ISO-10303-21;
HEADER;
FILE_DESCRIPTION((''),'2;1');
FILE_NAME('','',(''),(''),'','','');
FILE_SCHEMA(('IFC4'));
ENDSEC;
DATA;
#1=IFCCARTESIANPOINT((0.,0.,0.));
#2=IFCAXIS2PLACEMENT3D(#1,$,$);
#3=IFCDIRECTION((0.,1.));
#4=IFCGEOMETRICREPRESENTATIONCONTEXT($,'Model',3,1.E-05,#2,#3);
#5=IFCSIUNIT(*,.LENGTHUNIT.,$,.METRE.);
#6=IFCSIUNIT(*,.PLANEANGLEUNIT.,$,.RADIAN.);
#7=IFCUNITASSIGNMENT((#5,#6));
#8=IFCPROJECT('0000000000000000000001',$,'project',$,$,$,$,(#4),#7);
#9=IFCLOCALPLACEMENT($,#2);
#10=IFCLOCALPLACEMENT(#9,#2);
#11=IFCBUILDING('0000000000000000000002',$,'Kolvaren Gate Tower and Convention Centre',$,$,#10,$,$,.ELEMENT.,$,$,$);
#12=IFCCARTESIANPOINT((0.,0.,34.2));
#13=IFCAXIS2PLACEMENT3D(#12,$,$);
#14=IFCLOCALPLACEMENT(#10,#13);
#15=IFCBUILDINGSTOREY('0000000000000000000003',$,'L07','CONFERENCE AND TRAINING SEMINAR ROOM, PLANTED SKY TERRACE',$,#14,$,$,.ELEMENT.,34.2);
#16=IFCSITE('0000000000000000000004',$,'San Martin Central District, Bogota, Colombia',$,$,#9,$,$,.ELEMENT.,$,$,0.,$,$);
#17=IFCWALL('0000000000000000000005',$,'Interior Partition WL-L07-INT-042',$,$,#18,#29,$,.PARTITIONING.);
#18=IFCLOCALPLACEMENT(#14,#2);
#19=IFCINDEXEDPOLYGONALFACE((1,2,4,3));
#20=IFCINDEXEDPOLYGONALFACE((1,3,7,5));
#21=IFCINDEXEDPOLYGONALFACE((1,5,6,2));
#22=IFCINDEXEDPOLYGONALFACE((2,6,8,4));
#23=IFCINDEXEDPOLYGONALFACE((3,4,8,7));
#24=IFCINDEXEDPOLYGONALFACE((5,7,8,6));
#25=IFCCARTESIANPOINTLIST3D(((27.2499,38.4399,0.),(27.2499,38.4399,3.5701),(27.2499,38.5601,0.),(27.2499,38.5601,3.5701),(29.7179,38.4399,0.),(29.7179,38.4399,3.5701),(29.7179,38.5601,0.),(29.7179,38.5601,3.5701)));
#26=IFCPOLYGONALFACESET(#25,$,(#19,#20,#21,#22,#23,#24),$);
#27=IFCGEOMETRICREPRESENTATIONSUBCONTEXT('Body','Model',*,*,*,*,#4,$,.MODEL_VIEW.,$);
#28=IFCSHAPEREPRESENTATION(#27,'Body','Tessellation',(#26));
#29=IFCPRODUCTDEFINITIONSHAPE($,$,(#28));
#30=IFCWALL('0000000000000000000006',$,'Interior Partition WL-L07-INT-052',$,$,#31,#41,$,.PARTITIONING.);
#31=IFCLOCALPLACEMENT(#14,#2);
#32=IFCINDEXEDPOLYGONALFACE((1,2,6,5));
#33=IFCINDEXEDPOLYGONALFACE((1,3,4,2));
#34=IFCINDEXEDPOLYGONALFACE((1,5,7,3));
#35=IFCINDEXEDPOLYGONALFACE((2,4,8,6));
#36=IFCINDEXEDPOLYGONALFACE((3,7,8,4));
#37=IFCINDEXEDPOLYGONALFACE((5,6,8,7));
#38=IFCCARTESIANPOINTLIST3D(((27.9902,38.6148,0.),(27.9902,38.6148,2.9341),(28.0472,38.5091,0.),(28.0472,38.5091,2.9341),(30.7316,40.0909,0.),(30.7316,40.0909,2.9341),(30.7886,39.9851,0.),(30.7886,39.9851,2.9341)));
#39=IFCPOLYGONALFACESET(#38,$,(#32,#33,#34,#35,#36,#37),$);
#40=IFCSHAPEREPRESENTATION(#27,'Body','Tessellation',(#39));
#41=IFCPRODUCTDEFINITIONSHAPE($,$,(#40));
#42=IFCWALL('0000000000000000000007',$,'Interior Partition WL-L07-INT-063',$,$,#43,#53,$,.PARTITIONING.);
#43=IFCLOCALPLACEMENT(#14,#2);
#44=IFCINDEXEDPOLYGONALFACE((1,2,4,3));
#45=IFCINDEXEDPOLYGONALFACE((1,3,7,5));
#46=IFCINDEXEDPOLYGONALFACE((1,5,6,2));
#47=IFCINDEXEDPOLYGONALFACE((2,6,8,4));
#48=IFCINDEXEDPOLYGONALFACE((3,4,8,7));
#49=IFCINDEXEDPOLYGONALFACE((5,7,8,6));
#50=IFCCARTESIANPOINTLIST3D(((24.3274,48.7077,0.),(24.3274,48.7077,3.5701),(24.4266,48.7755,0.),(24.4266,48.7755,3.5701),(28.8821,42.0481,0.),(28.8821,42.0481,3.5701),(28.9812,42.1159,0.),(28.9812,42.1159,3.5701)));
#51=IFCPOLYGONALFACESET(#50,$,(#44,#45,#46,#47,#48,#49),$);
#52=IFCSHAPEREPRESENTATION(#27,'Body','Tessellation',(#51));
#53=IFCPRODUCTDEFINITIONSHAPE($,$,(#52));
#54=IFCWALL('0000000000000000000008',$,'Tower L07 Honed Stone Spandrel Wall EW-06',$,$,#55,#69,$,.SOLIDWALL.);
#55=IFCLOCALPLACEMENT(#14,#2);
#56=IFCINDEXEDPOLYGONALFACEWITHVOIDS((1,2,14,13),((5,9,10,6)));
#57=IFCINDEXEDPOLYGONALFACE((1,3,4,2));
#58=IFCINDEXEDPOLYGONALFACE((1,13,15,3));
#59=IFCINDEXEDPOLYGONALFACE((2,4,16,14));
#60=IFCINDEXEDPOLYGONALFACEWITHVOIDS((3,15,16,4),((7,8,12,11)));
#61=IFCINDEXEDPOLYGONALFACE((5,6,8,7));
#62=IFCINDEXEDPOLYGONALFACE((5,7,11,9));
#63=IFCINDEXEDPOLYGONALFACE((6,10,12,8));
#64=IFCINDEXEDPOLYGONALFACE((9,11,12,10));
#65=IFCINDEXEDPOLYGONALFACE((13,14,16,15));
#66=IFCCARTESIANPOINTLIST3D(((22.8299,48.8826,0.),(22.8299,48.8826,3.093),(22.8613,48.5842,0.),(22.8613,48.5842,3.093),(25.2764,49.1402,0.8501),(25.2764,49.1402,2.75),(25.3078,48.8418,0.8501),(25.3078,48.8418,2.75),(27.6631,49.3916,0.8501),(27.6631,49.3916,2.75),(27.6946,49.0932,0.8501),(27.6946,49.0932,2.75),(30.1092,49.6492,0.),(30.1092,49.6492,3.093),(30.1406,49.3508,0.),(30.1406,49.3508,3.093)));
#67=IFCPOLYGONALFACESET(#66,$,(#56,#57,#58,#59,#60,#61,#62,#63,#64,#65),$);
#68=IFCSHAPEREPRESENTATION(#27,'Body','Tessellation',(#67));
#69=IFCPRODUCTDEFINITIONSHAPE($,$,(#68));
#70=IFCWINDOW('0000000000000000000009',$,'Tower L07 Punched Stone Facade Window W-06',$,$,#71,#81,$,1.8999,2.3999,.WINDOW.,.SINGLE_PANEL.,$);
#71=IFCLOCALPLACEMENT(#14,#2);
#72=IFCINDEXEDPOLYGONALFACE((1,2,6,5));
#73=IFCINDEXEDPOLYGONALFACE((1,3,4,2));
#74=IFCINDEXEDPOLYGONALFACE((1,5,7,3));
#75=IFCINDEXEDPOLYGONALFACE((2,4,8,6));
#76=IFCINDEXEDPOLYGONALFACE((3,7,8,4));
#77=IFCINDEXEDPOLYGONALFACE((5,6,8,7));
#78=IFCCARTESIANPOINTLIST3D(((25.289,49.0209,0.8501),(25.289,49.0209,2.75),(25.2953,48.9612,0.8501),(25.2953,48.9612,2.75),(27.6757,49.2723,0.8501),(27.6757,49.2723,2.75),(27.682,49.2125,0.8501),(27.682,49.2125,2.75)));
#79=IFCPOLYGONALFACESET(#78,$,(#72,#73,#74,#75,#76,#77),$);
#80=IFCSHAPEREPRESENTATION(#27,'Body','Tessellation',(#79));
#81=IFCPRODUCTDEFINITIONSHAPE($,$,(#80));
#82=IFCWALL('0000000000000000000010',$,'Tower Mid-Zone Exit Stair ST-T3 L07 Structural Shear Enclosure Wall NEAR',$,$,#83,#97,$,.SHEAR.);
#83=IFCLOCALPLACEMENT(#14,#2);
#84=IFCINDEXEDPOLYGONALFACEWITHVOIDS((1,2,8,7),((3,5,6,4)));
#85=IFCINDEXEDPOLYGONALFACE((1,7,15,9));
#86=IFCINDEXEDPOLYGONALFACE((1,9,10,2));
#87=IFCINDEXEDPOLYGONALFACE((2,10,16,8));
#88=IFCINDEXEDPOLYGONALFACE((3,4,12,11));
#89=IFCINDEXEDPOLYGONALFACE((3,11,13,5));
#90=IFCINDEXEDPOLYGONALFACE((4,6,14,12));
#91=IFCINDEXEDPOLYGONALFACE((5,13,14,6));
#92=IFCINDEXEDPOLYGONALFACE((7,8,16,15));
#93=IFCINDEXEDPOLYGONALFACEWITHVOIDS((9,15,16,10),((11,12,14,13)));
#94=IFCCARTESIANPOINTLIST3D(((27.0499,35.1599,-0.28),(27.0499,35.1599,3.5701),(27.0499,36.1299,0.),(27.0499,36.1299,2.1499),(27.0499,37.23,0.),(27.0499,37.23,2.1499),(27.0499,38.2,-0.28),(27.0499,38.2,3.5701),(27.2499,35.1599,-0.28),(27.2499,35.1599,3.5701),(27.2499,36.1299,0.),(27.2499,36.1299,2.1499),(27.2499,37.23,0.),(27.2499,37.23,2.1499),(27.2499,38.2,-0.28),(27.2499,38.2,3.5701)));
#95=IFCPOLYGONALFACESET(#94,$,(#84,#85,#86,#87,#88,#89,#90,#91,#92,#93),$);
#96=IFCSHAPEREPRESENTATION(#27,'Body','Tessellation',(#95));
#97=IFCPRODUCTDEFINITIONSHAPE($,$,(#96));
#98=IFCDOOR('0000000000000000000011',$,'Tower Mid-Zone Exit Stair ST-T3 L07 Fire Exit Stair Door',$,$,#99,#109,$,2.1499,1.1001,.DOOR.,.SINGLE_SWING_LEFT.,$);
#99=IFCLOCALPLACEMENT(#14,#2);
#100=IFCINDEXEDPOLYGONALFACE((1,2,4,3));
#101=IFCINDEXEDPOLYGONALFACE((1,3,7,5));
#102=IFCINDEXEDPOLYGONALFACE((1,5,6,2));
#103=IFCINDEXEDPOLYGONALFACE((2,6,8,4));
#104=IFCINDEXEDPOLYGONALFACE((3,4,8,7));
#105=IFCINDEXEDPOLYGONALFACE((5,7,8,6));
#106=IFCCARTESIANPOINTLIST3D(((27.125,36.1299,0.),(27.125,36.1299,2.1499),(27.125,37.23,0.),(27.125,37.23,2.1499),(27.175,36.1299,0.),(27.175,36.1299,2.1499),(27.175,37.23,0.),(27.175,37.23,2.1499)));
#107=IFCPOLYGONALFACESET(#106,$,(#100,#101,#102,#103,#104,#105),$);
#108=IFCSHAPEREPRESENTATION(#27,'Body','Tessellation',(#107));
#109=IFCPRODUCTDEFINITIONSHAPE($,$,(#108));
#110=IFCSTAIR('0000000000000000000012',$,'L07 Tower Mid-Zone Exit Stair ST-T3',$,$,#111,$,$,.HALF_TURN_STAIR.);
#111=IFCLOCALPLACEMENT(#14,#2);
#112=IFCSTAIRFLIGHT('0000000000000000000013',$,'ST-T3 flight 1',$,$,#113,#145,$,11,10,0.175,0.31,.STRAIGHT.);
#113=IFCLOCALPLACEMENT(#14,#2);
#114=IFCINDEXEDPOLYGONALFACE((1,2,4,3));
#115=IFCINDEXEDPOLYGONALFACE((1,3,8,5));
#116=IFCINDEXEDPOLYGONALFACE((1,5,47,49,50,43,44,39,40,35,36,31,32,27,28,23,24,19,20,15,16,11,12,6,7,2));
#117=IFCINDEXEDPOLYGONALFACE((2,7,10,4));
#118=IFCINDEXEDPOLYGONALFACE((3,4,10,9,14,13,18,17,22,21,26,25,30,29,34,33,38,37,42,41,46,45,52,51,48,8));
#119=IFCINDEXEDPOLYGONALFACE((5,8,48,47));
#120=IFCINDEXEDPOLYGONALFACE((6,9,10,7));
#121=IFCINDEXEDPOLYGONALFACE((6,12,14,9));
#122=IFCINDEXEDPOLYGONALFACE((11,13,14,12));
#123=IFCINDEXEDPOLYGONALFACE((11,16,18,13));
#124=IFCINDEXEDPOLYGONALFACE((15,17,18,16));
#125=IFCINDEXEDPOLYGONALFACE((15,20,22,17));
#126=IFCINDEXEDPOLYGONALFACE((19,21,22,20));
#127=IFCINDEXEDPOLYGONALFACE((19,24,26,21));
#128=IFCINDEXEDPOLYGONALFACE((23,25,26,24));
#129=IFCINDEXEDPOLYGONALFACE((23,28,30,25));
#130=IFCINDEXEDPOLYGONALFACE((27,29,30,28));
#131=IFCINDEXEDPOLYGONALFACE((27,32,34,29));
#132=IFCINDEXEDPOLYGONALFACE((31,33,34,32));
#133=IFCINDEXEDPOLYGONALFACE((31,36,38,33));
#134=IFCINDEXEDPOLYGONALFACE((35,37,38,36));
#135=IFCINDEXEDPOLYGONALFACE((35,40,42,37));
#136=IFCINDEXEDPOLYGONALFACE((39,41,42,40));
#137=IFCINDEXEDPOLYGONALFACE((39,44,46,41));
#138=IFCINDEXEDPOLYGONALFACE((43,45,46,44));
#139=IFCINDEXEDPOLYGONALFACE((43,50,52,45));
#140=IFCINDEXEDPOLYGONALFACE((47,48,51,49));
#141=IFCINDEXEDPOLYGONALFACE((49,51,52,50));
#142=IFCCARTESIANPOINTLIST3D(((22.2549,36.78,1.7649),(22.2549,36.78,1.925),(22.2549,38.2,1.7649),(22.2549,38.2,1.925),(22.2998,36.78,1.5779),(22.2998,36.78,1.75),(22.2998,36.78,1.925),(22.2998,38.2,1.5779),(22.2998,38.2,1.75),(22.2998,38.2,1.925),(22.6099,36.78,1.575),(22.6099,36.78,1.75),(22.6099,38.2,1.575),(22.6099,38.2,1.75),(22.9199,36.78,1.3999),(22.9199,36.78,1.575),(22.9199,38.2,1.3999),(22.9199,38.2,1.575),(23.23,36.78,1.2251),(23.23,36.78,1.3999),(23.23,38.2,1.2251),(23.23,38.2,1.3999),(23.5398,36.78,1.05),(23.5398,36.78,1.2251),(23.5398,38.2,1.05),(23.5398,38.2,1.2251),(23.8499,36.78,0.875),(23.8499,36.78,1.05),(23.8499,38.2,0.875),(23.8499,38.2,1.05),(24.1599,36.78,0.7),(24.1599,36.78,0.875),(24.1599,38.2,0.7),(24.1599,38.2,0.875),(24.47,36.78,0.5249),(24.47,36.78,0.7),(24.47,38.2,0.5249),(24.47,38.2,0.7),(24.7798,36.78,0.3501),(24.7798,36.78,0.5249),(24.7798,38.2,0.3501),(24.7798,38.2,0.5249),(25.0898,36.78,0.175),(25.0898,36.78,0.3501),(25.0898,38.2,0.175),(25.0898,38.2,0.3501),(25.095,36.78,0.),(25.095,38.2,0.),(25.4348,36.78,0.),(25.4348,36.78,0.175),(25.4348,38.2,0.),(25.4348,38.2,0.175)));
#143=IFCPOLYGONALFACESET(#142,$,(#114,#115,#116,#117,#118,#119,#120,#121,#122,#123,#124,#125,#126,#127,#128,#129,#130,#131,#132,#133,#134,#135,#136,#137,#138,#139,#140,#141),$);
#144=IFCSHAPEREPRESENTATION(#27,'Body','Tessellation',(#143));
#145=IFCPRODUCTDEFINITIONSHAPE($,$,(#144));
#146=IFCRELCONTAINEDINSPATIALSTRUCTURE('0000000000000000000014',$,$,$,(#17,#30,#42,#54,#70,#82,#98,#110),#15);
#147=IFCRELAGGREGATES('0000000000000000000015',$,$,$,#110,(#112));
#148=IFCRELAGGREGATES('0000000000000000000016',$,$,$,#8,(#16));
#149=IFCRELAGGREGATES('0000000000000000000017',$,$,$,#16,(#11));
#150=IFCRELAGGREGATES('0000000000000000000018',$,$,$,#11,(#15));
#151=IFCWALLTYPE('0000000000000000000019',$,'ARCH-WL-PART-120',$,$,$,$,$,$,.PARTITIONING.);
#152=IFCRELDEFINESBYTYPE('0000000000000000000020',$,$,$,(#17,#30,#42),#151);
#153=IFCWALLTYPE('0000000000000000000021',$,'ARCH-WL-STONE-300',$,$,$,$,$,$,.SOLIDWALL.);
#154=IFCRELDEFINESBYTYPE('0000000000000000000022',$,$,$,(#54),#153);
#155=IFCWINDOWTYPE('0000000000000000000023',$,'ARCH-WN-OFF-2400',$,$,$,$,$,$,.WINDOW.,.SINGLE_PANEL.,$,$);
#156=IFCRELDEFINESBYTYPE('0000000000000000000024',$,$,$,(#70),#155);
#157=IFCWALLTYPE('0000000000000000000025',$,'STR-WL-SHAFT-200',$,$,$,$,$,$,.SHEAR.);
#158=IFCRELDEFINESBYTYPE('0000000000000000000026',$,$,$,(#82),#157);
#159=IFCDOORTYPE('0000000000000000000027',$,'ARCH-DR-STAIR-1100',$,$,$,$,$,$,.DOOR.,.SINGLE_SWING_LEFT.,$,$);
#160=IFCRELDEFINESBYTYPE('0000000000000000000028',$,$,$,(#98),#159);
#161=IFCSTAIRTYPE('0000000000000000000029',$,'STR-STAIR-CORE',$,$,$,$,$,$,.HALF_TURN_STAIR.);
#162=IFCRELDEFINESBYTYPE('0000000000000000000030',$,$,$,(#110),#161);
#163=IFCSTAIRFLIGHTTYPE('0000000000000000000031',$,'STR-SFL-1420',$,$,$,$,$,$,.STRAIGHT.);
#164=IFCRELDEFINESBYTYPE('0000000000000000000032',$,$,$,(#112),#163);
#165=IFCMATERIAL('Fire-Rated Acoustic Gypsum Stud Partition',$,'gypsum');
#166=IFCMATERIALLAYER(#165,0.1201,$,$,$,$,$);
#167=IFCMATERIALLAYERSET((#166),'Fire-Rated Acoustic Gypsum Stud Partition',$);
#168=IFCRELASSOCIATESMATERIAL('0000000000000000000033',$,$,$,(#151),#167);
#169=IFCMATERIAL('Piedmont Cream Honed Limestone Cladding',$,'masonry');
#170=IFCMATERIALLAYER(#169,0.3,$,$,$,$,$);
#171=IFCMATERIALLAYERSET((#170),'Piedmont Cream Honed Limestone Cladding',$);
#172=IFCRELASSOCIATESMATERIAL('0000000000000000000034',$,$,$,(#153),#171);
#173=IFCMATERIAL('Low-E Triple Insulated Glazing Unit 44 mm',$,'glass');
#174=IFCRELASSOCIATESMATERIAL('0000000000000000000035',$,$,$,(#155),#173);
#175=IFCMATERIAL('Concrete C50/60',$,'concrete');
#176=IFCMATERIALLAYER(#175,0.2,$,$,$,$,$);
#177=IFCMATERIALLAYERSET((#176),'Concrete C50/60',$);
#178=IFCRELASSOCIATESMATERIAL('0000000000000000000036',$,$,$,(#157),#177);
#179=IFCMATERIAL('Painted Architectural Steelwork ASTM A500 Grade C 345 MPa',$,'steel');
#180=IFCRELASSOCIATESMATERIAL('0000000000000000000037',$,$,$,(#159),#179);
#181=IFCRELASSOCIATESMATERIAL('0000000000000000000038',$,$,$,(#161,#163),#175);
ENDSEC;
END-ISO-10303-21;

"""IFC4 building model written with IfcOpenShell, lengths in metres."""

from ifc_helpers import new_model, si_unit, direction, frame, frame_2d, origin, place, context, subcontext, project, spatial, polyline, rectangle, outline, extrude, material, layer, layer_set, type_object, element, fill, aggregate, save


model = new_model("IFC4")

# Units and contexts
model_context = context("Model", 3, precision=1e-05, world=origin(), true_north=direction((0.0, 1.0)))
body_context = subcontext(model_context, "Body", "Model", "MODEL_VIEW")
ifc_project = project(units=[si_unit("LENGTHUNIT", "METRE"), si_unit("PLANEANGLEUNIT", "RADIAN")], contexts=[model_context])

# Site, building, storey
site_placement = place(None, origin())
site = spatial("IfcSite", under=ifc_project, at=site_placement, Name="San Martin Central District, Bogota, Colombia", CompositionType="ELEMENT", RefElevation=0.0)
building_placement = place(site_placement, origin())
building = spatial("IfcBuilding", under=site, at=building_placement, Name="Kolvaren Gate Tower and Convention Centre", CompositionType="ELEMENT")
storey_placement = place(building_placement, frame((0.0, 0.0, 34.2)))
storey = spatial("IfcBuildingStorey", under=building, at=storey_placement, Name="L07", Description="CONFERENCE AND TRAINING SEMINAR ROOM, PLANTED SKY TERRACE", CompositionType="ELEMENT", Elevation=34.2)

# Shared definitions
ifc_material_1 = material(Name="Fire-Rated Acoustic Gypsum Stud Partition", Category="gypsum")
ifc_layer_1 = layer(ifc_material_1, 0.1201)
ifc_layer_set_1 = layer_set([ifc_layer_1], Name="Fire-Rated Acoustic Gypsum Stud Partition")
wall_type_1 = type_object("IfcWallType", Name="ARCH-WL-PART-120", PredefinedType="PARTITIONING", material=ifc_layer_set_1)
ifc_material_2 = material(Name="Painted Architectural Steelwork ASTM A500 Grade C 345 MPa", Category="steel")

# Walls
wall_1_placement = place(storey_placement, frame((27.25, 38.5, 0.0), z_axis=(0.0, 0.0, 1.0), x_axis=(1.0, 0.0, 0.0)))
element("IfcWall", 1, at=wall_1_placement, inside=storey, type_object=wall_type_1, Name="Interior Partition WL-L07-INT-042", PredefinedType="PARTITIONING", context=body_context, shape_type="SweptSolid", body=[
    extrude(rectangle(XDim=2.468, YDim=0.1201, at=frame_2d((1.2339, 0.0))), origin(), (0.0, 0.0, 1.0), 3.5701),
])
wall_2_placement = place(storey_placement, frame((28.0188, 38.562, 0.0), z_axis=(0.0, 0.0, 1.0), x_axis=(0.880484, 0.474076, 0.0)))
element("IfcWall", 2, at=wall_2_placement, inside=storey, type_object=wall_type_1, Name="Interior Partition WL-L07-INT-052", PredefinedType="PARTITIONING", context=body_context, shape_type="SweptSolid", body=[
    extrude(rectangle(XDim=3.1135, YDim=0.1201, at=frame_2d((1.5566, 0.0))), origin(), (0.0, 0.0, 1.0), 2.9341),
])
wall_3_placement = place(storey_placement, frame((24.377, 48.7417, 0.0), z_axis=(0.0, 0.0, 1.0), x_axis=(0.564521, -0.825419, 0.0)))
element("IfcWall", 3, at=wall_3_placement, inside=storey, type_object=wall_type_1, Name="Interior Partition WL-L07-INT-063", PredefinedType="PARTITIONING", context=body_context, shape_type="SweptSolid", body=[
    extrude(rectangle(XDim=8.0681, YDim=0.1201, at=frame_2d((4.0342, 0.0))), origin(), (0.0, 0.0, 1.0), 3.5701),
])

# Wall, opening, window
ifc_material_3 = material(Name="Piedmont Cream Honed Limestone Cladding", Category="masonry")
ifc_layer_2 = layer(ifc_material_3, 0.3)
ifc_layer_set_2 = layer_set([ifc_layer_2], Name="Piedmont Cream Honed Limestone Cladding")
wall_type_2 = type_object("IfcWallType", Name="ARCH-WL-STONE-300", PredefinedType="SOLIDWALL", material=ifc_layer_set_2)
wall_4_placement = place(storey_placement, frame((22.8457, 48.7334, 0.0), z_axis=(0.0, 0.0, 1.0), x_axis=(0.9945, 0.104733, 0.0)))
wall_4 = element("IfcWall", 4, at=wall_4_placement, inside=storey, type_object=wall_type_2, Name="Tower L07 Honed Stone Spandrel Wall EW-06", PredefinedType="SOLIDWALL", context=body_context, shape_type="SweptSolid", body=[
    extrude(rectangle(XDim=7.3196, YDim=0.3, at=frame_2d((3.6597, 0.0))), origin(), (0.0, 0.0, 1.0), 3.093),
])
opening_1_placement = place(wall_4_placement, frame((2.46, 0.0, 0.8501)))
opening_1 = element("IfcOpeningElement", 5, at=opening_1_placement, cuts=wall_4, PredefinedType="OPENING", context=body_context, shape_type="SweptSolid", body=[
    extrude(rectangle(XDim=2.3999, YDim=1.8999, at=frame_2d((1.2, 0.95))), frame((0.0, 0.1599, 0.0), z_axis=(0.0, -1.0, 0.0), x_axis=(1.0, 0.0, 0.0)), (0.0, 0.0, 1.0), 0.3201),
])
ifc_material_4 = material(Name="Low-E Triple Insulated Glazing Unit 44 mm", Category="glass")
window_type = type_object("IfcWindowType", Name="ARCH-WN-OFF-2400", PartitioningType="SINGLE_PANEL", PredefinedType="WINDOW", material=ifc_material_4)
window_placement = place(opening_1_placement, origin())
window = element("IfcWindow", 6, at=window_placement, inside=storey, type_object=window_type, Name="Tower L07 Punched Stone Facade Window W-06", OverallHeight=1.8999, OverallWidth=2.3999, PartitioningType="SINGLE_PANEL", PredefinedType="WINDOW", context=body_context, shape_type="SweptSolid", body=[
    extrude(rectangle(XDim=2.3999, YDim=1.8999, at=frame_2d((1.2, 0.95))), frame((0.0, 0.03, 0.0), z_axis=(0.0, -1.0, 0.0), x_axis=(1.0, 0.0, 0.0)), (0.0, 0.0, 1.0), 0.0601),
])
fill(opening_1, window)

# Wall, opening, door
ifc_material_5 = material(Name="Concrete C50/60", Category="concrete")
ifc_layer_3 = layer(ifc_material_5, 0.2)
ifc_layer_set_3 = layer_set([ifc_layer_3], Name="Concrete C50/60")
wall_type_3 = type_object("IfcWallType", Name="STR-WL-SHAFT-200", PredefinedType="SHEAR", material=ifc_layer_set_3)
wall_5_placement = place(storey_placement, frame((27.1499, 35.1599, -0.28), z_axis=(0.0, 0.0, 1.0), x_axis=(0.0, 1.0, 0.0)))
wall_5 = element("IfcWall", 7, at=wall_5_placement, inside=storey, type_object=wall_type_3, Name="Tower Mid-Zone Exit Stair ST-T3 L07 Structural Shear Enclosure Wall NEAR", PredefinedType="SHEAR", context=body_context, shape_type="SweptSolid", body=[
    extrude(rectangle(XDim=3.04, YDim=0.2, at=frame_2d((1.52, 0.0))), origin(), (0.0, 0.0, 1.0), 3.8501),
])
opening_2_placement = place(wall_5_placement, frame((0.97, 0.0, 0.28)))
opening_2 = element("IfcOpeningElement", 8, at=opening_2_placement, cuts=wall_5, PredefinedType="OPENING", context=body_context, shape_type="SweptSolid", body=[
    extrude(rectangle(XDim=1.1001, YDim=2.1499, at=frame_2d((0.55, 1.075))), frame((0.0, 0.1099, 0.0), z_axis=(0.0, -1.0, 0.0), x_axis=(1.0, 0.0, 0.0)), (0.0, 0.0, 1.0), 0.22),
])
door_type_1 = type_object("IfcDoorType", Name="ARCH-DR-STAIR-1100", OperationType="SINGLE_SWING_LEFT", PredefinedType="DOOR", material=ifc_material_2)
door_1_placement = place(opening_2_placement, origin())
door_1 = element("IfcDoor", 9, at=door_1_placement, inside=storey, type_object=door_type_1, Name="Tower Mid-Zone Exit Stair ST-T3 L07 Fire Exit Stair Door", OperationType="SINGLE_SWING_LEFT", OverallHeight=2.1499, OverallWidth=1.1001, PredefinedType="DOOR", context=body_context, shape_type="SweptSolid", body=[
    extrude(rectangle(XDim=1.1001, YDim=2.1499, at=frame_2d((0.55, 1.075))), frame((0.0, 0.0249, 0.0), z_axis=(0.0, -1.0, 0.0), x_axis=(1.0, 0.0, 0.0)), (0.0, 0.0, 1.0), 0.05),
])
fill(opening_2, door_1)

# Stair, stair flight
stair_type = type_object("IfcStairType", Name="STR-STAIR-CORE", PredefinedType="HALF_TURN_STAIR", material=ifc_material_5)
stair_placement = place(storey_placement, origin())
stair = element("IfcStair", 10, at=stair_placement, inside=storey, type_object=stair_type, Name="L07 Tower Mid-Zone Exit Stair ST-T3", PredefinedType="HALF_TURN_STAIR")
stair_flight_type = type_object("IfcStairFlightType", Name="STR-SFL-1420", PredefinedType="STRAIGHT", material=ifc_material_5)
stair_flight_1_placement = place(storey_placement, frame((25.3999, 37.49, 0.0), z_axis=(0.0, 0.0, 1.0), x_axis=(-1.0, 0.0, 0.0)))
stair_flight_1 = element("IfcStairFlight", 11, at=stair_flight_1_placement, type_object=stair_flight_type, Name="ST-T3 flight 1", NumberOfRisers=11, NumberOfTreads=10, PredefinedType="STRAIGHT", RiserHeight=0.175, TreadLength=0.31, context=body_context, shape_type="SweptSolid", body=[
    extrude(outline(polyline([(-0.0349, 0.0), (-0.0349, 0.175), (0.3101, 0.175), (0.3101, 0.3501), (0.6201, 0.3501), (0.6201, 0.5249), (0.9299, 0.5249), (0.9299, 0.7), (1.24, 0.7), (1.24, 0.875), (1.55, 0.875), (1.55, 1.05), (1.8601, 1.05), (1.8601, 1.2251), (2.1699, 1.2251), (2.1699, 1.3999), (2.48, 1.3999), (2.48, 1.575), (2.79, 1.575), (2.79, 1.75), (3.1001, 1.75), (3.1001, 1.925), (3.145, 1.925), (3.145, 1.7649), (3.1001, 1.5779), (0.3049, 0.0), (-0.0349, 0.0)])), frame((0.0, 0.71, 0.0), z_axis=(0.0, -1.0, 0.0), x_axis=(1.0, 0.0, 0.0)), (0.0, 0.0, 1.0), 1.4199),
])
aggregate(stair, [stair_flight_1])

save(model, "model.ifc")
